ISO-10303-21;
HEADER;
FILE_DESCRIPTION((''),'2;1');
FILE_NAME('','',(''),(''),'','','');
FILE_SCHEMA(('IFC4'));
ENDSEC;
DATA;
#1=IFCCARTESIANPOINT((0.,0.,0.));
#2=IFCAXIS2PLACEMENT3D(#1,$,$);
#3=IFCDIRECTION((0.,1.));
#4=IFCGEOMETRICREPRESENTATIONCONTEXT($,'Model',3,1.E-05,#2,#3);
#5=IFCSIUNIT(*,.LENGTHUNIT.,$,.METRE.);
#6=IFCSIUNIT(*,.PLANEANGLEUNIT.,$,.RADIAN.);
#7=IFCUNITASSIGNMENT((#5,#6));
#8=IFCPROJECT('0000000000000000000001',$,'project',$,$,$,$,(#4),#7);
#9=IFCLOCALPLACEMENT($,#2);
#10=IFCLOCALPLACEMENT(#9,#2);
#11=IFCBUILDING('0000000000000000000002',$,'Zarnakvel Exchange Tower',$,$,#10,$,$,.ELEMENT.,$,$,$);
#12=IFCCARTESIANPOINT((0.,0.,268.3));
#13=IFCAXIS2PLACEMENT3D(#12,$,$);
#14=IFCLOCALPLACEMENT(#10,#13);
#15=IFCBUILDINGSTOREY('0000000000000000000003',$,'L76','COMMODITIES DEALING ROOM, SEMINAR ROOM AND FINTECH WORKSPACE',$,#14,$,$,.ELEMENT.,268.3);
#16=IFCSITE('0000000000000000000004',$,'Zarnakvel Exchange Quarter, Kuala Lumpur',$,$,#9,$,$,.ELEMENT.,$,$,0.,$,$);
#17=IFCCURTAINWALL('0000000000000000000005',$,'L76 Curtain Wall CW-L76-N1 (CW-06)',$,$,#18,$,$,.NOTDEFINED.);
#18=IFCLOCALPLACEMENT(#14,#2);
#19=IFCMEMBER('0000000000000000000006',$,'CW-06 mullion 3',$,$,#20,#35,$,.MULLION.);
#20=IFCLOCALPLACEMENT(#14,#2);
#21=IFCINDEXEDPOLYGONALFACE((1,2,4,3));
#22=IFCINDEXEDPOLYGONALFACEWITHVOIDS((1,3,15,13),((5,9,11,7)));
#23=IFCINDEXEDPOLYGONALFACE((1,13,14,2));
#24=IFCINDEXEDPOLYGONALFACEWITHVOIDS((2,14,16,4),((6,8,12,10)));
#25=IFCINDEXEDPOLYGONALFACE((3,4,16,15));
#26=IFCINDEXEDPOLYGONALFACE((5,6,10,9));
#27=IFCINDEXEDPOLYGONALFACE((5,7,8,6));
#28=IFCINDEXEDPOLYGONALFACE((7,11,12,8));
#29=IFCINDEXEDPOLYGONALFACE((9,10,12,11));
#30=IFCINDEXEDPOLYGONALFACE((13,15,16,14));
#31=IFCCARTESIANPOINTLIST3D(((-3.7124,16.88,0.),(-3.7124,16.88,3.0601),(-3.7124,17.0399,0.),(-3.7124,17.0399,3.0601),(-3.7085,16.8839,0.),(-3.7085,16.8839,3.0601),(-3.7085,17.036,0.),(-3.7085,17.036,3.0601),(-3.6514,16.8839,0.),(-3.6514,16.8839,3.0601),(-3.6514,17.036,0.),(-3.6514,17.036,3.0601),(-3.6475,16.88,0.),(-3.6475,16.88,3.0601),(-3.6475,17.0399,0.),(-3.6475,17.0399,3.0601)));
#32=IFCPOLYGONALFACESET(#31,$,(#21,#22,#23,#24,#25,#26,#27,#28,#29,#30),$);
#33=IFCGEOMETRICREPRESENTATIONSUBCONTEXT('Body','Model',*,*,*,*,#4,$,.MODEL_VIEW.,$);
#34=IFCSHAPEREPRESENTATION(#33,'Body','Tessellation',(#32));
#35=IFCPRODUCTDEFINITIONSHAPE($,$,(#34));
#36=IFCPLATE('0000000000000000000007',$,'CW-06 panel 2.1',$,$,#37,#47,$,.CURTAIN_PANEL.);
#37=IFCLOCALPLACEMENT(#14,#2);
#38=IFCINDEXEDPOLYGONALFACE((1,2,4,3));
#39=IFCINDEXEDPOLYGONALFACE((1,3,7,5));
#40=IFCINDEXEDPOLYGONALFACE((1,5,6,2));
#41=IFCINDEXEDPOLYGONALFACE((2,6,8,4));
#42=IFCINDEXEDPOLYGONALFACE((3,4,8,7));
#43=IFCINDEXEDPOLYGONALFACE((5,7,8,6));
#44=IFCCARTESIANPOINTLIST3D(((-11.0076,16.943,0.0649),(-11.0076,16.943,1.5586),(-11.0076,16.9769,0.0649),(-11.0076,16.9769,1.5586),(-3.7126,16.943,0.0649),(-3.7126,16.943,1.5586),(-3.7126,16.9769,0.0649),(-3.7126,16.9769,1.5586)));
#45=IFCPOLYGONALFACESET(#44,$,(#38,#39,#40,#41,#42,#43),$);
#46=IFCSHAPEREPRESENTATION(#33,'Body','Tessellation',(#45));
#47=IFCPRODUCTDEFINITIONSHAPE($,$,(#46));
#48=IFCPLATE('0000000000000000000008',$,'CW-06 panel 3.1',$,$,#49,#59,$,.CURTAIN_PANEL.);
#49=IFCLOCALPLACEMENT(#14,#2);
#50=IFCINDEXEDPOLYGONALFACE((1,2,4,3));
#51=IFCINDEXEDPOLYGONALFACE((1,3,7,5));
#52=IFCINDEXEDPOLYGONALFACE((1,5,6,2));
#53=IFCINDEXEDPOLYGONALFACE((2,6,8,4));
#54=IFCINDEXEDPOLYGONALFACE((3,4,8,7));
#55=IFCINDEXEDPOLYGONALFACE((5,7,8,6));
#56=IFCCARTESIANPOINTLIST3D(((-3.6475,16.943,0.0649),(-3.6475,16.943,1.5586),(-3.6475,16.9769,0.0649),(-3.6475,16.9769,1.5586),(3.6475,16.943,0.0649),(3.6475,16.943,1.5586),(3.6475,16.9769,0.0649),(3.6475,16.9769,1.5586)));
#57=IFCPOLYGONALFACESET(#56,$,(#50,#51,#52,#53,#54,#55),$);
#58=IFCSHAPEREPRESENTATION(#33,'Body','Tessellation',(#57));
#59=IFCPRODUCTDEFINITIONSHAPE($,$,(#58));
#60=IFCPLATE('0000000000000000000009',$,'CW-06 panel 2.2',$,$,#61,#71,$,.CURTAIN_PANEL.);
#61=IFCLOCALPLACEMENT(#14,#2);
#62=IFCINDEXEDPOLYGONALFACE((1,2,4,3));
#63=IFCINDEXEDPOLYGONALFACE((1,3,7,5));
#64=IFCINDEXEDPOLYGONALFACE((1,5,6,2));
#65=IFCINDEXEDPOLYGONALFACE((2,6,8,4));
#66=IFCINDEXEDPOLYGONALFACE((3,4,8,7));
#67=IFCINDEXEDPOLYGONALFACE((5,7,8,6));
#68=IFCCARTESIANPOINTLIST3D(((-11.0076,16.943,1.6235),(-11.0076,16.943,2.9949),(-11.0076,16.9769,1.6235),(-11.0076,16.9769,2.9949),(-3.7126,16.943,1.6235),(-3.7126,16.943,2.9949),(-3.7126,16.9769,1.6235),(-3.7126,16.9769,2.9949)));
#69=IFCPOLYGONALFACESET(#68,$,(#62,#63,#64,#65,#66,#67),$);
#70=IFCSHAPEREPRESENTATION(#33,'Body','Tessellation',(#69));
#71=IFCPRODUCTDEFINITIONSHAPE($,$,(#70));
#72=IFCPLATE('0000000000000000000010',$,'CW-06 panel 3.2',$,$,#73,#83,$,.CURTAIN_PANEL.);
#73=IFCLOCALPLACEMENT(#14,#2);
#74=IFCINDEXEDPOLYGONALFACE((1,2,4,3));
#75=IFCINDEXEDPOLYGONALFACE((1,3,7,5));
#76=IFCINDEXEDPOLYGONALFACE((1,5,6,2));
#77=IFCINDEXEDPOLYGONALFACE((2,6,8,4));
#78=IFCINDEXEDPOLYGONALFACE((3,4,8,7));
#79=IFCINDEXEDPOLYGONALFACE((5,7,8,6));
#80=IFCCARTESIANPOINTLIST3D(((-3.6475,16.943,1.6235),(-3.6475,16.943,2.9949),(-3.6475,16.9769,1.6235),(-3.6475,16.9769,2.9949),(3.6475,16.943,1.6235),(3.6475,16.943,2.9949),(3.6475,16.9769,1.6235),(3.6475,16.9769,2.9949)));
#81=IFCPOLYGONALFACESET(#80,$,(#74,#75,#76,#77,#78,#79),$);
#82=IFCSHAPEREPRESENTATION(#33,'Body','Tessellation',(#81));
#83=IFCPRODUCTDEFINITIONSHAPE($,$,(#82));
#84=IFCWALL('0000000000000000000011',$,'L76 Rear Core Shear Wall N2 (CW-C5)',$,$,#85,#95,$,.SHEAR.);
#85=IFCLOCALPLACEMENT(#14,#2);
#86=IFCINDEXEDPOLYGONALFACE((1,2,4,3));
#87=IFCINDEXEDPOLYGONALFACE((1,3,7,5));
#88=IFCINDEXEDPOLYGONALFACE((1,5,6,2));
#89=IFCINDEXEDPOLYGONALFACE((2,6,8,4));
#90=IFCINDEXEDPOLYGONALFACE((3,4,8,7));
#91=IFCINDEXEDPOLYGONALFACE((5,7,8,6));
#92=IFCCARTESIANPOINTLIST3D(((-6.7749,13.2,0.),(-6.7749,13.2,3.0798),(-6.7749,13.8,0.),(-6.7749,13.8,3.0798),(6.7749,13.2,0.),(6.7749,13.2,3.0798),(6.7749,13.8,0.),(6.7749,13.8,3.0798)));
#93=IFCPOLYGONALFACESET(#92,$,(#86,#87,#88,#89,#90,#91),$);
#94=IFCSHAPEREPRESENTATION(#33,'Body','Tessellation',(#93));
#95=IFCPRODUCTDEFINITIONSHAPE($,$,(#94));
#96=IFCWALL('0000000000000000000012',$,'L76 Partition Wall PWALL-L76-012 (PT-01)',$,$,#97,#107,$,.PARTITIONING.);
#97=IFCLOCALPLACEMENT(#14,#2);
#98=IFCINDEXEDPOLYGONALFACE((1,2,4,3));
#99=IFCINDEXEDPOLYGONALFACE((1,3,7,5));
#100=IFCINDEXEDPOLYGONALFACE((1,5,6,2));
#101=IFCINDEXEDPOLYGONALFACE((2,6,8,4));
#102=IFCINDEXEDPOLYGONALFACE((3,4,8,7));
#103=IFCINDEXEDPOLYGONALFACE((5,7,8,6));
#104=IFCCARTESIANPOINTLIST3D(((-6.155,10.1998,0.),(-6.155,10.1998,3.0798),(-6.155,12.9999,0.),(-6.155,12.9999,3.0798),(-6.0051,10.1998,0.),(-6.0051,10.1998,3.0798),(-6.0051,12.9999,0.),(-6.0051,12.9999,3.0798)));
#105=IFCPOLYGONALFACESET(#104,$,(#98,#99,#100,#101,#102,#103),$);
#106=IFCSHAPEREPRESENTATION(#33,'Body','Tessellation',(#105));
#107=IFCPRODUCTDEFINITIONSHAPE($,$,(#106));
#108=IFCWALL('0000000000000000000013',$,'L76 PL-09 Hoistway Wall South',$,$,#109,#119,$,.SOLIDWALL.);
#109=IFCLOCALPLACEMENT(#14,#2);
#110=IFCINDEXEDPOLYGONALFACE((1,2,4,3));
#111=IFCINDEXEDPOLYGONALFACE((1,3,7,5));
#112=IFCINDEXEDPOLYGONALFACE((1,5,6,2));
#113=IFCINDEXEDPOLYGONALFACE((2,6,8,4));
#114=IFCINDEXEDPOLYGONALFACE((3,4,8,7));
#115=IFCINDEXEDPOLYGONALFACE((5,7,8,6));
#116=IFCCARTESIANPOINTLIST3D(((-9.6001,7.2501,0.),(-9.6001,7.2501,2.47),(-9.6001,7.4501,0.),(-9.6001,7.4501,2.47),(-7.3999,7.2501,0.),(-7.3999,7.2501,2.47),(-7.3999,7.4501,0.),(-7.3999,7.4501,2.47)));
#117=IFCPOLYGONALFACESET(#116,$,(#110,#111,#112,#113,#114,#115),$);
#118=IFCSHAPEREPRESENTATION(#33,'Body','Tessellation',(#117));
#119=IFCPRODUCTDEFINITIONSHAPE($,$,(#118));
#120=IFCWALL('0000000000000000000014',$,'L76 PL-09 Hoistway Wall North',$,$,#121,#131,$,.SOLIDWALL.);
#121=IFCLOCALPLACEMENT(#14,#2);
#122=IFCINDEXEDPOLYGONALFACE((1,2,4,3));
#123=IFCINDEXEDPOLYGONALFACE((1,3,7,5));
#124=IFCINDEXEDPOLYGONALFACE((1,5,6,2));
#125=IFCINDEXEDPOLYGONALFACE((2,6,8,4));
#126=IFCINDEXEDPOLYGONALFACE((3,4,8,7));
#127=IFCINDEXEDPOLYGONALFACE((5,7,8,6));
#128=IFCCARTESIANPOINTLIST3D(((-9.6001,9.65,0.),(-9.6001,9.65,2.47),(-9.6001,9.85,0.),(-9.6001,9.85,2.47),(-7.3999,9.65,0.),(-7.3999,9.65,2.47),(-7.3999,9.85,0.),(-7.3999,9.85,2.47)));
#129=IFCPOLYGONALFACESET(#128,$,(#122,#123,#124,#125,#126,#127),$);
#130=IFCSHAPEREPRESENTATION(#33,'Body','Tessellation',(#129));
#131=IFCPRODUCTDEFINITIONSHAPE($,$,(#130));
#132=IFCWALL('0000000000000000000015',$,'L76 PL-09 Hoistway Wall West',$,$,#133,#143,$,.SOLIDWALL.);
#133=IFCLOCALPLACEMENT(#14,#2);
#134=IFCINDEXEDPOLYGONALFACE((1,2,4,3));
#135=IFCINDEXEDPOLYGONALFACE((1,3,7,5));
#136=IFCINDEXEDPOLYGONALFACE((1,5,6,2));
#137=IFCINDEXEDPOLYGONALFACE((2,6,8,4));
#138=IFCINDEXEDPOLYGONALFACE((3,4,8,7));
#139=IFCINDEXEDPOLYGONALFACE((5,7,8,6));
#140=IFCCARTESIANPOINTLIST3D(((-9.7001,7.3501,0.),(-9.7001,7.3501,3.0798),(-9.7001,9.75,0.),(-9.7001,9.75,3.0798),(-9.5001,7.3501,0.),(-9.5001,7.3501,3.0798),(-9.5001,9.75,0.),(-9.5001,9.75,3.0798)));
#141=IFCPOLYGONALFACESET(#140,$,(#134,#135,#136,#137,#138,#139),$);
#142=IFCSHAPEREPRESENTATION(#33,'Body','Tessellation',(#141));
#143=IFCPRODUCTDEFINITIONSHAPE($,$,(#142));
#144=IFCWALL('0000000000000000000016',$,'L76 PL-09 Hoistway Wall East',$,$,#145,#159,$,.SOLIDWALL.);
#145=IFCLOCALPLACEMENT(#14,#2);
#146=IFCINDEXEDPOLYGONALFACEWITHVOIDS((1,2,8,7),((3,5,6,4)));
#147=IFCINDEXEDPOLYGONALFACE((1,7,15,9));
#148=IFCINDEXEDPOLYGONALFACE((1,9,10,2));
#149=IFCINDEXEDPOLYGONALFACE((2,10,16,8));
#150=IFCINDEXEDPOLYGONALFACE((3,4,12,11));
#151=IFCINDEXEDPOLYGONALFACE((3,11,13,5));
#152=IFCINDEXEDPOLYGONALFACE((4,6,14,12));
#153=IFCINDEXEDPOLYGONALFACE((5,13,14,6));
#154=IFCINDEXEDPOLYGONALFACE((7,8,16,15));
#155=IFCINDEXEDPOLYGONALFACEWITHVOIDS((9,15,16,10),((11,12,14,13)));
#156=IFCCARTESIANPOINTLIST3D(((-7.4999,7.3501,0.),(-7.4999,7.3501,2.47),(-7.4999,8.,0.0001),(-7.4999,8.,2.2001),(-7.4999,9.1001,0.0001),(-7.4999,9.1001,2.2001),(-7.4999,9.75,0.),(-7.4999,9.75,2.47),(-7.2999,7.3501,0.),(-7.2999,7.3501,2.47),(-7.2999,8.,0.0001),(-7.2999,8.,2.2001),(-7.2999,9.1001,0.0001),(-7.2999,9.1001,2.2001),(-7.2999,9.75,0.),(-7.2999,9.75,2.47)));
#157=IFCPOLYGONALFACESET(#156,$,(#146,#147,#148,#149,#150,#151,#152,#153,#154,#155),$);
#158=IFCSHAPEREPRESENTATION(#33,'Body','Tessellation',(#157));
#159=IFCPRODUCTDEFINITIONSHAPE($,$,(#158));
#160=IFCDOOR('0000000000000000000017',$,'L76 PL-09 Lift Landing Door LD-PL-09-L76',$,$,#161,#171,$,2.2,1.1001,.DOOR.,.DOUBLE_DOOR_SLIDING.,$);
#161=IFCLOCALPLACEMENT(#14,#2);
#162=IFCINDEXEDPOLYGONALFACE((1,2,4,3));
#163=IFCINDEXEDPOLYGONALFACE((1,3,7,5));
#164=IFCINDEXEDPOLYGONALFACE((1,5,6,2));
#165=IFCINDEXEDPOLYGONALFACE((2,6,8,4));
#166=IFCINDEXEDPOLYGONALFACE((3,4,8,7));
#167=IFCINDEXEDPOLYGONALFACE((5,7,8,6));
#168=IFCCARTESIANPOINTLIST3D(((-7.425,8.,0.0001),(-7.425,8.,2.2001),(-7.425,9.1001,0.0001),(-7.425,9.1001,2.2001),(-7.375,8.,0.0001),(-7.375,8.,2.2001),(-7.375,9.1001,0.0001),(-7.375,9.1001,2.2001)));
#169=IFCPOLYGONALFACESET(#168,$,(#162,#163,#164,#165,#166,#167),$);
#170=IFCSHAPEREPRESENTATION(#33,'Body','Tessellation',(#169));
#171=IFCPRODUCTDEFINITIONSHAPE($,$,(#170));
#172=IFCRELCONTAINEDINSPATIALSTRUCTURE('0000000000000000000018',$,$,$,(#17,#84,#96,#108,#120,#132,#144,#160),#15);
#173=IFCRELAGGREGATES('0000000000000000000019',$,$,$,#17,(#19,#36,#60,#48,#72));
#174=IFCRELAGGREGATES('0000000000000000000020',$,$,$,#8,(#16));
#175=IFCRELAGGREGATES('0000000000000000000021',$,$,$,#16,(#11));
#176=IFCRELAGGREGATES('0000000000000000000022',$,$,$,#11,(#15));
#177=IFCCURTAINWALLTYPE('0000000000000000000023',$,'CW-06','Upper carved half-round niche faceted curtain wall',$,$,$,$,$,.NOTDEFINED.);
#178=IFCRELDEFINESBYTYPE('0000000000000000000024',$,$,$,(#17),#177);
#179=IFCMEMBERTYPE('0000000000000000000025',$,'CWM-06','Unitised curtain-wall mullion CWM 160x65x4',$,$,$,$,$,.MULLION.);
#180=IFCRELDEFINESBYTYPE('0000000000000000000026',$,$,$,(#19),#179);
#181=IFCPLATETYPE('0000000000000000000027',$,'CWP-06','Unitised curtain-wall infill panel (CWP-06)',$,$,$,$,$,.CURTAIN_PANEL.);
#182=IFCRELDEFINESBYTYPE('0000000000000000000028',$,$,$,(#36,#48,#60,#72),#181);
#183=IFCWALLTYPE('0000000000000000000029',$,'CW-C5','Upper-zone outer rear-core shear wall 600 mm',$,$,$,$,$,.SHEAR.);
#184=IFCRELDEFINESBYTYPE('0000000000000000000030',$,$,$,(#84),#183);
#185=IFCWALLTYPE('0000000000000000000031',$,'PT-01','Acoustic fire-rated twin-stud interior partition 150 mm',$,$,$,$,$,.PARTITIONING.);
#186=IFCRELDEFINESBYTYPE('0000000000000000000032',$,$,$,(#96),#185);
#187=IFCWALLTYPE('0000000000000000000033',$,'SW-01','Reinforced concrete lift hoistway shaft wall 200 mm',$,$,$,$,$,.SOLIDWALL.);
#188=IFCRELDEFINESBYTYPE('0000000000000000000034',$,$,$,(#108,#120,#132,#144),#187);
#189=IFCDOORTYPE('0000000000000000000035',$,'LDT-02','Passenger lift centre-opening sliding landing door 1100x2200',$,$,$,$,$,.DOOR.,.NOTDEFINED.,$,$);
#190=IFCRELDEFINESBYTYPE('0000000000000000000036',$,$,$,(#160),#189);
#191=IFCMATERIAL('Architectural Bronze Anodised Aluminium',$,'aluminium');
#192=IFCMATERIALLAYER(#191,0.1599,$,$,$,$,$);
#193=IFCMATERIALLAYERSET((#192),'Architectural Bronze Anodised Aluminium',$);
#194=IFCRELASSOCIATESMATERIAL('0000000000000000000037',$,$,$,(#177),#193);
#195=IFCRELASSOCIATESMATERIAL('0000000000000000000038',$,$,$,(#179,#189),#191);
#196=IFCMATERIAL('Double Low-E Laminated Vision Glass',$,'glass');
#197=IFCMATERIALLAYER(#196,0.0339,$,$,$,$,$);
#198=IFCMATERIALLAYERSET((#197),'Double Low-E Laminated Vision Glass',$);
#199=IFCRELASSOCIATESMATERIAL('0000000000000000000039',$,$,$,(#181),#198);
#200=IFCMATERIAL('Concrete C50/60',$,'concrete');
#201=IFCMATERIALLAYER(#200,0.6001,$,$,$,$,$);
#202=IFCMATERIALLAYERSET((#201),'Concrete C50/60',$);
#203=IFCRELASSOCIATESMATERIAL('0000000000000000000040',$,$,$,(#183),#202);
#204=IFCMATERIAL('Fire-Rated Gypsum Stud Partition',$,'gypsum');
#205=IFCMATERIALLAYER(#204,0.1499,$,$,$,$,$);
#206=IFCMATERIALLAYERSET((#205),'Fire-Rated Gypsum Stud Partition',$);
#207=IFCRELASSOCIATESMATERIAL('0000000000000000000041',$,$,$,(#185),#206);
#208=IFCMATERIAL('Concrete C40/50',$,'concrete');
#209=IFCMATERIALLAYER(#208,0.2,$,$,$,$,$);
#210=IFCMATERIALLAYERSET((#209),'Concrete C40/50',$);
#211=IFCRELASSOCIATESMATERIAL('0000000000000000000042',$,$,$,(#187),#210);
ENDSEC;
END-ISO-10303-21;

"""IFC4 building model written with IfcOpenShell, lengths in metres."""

from ifc_helpers import new_model, si_unit, direction, frame, frame_2d, origin, origin_2d, place, context, subcontext, project, spatial, rectangle, hollow_rectangle, extrude, source, transform, mapped, material, layer, layer_set, material_profile, profile_set, type_object, element, fill, aggregate, save


model = new_model("IFC4")

# Units and contexts
model_context = context("Model", 3, precision=1e-05, world=origin(), true_north=direction((0.0, 1.0)))
body_context = subcontext(model_context, "Body", "Model", "MODEL_VIEW")
ifc_project = project(units=[si_unit("LENGTHUNIT", "METRE"), si_unit("PLANEANGLEUNIT", "RADIAN")], contexts=[model_context])

# Site, building, storey
site_placement = place(None, origin())
site = spatial("IfcSite", under=ifc_project, at=site_placement, Name="Zarnakvel Exchange Quarter, Kuala Lumpur", CompositionType="ELEMENT", RefElevation=0.0)
building_placement = place(site_placement, origin())
building = spatial("IfcBuilding", under=site, at=building_placement, Name="Zarnakvel Exchange Tower", CompositionType="ELEMENT")
storey_placement = place(building_placement, frame((0.0, 0.0, 268.3)))
storey = spatial("IfcBuildingStorey", under=building, at=storey_placement, Name="L76", Description="COMMODITIES DEALING ROOM, SEMINAR ROOM AND FINTECH WORKSPACE", CompositionType="ELEMENT", Elevation=268.3)

# Shared definitions
ifc_material_1 = material(Name="Concrete C50/60", Category="concrete")

# Curtain wall, member, plates
ifc_material_2 = material(Name="Architectural Bronze Anodised Aluminium", Category="aluminium")
ifc_layer_1 = layer(ifc_material_2, 0.1599)
ifc_layer_set_1 = layer_set([ifc_layer_1], Name="Architectural Bronze Anodised Aluminium")
curtain_wall_type = type_object("IfcCurtainWallType", Name="CW-06", Description="Upper carved half-round niche faceted curtain wall", PredefinedType="NOTDEFINED", material=ifc_layer_set_1)
curtain_wall_placement = place(storey_placement, origin())
curtain_wall = element("IfcCurtainWall", 1, at=curtain_wall_placement, inside=storey, type_object=curtain_wall_type, Name="L76 Curtain Wall CW-L76-N1 (CW-06)", PredefinedType="NOTDEFINED")
ifc_material_profile_1 = material_profile(ifc_material_2, hollow_rectangle(XDim=0.1599, YDim=0.0649, WallThickness=0.0039, at=origin_2d()))
ifc_profile_set_1 = profile_set([ifc_material_profile_1], Name="Architectural Bronze Anodised Aluminium")
member_type_1 = type_object("IfcMemberType", Name="CWM-06", Description="Unitised curtain-wall mullion CWM 160x65x4", PredefinedType="MULLION", material=ifc_profile_set_1)
shared_shape_1 = source(origin(), body_context, "Body", "SweptSolid", [
    extrude(hollow_rectangle(XDim=0.1599, YDim=0.0649, WallThickness=0.0039, at=origin_2d()), origin(), (0.0, 0.0, 1.0), 3.0601),
])
member_1_placement = place(storey_placement, frame((-3.6799, 16.96, 0.0), z_axis=(0.0, 0.0, 1.0), x_axis=(0.0, 1.0, 0.0)))
member_1 = element("IfcMember", 2, at=member_1_placement, type_object=member_type_1, Name="CW-06 mullion 3", PredefinedType="MULLION", context=body_context, shape_type="MappedRepresentation", body=[
    mapped(shared_shape_1, transform((0.0, 0.0, 0.0), x_axis=(1.0, 0.0, 0.0), y_axis=(0.0, 1.0, 0.0), z_axis=(0.0, 0.0, 1.0), scale=1.0)),
])
ifc_material_3 = material(Name="Double Low-E Laminated Vision Glass", Category="glass")
ifc_layer_2 = layer(ifc_material_3, 0.0339)
ifc_layer_set_2 = layer_set([ifc_layer_2], Name="Double Low-E Laminated Vision Glass")
plate_type = type_object("IfcPlateType", Name="CWP-06", Description="Unitised curtain-wall infill panel (CWP-06)", PredefinedType="CURTAIN_PANEL", material=ifc_layer_set_2)
shared_shape_2 = source(origin(), body_context, "Body", "SweptSolid", [
    extrude(rectangle(XDim=7.2949, YDim=0.0339, at=origin_2d()), origin(), (0.0, 0.0, 1.0), 1.4937),
])
plate_1_placement = place(storey_placement, frame((-7.3601, 16.96, 0.0649), z_axis=(0.0, 0.0, 1.0), x_axis=(1.0, 0.0, 0.0)))
plate_1 = element("IfcPlate", 3, at=plate_1_placement, type_object=plate_type, Name="CW-06 panel 2.1", PredefinedType="CURTAIN_PANEL", context=body_context, shape_type="MappedRepresentation", body=[
    mapped(shared_shape_2, transform((0.0, 0.0, 0.0), x_axis=(1.0, 0.0, 0.0), y_axis=(0.0, 1.0, 0.0), z_axis=(0.0, 0.0, 1.0), scale=1.0)),
])
plate_2_placement = place(storey_placement, frame((0.0, 16.96, 0.0649), z_axis=(0.0, 0.0, 1.0), x_axis=(1.0, 0.0, 0.0)))
plate_2 = element("IfcPlate", 4, at=plate_2_placement, type_object=plate_type, Name="CW-06 panel 3.1", PredefinedType="CURTAIN_PANEL", context=body_context, shape_type="MappedRepresentation", body=[
    mapped(shared_shape_2, transform((0.0, 0.0, 0.0), x_axis=(1.0, 0.0, 0.0), y_axis=(0.0, 1.0, 0.0), z_axis=(0.0, 0.0, 1.0), scale=1.0)),
])
shared_shape_3 = source(origin(), body_context, "Body", "SweptSolid", [
    extrude(rectangle(XDim=7.2949, YDim=0.0339, at=origin_2d()), origin(), (0.0, 0.0, 1.0), 1.3713),
])
plate_3_placement = place(storey_placement, frame((-7.3601, 16.96, 1.6235), z_axis=(0.0, 0.0, 1.0), x_axis=(1.0, 0.0, 0.0)))
plate_3 = element("IfcPlate", 5, at=plate_3_placement, type_object=plate_type, Name="CW-06 panel 2.2", PredefinedType="CURTAIN_PANEL", context=body_context, shape_type="MappedRepresentation", body=[
    mapped(shared_shape_3, transform((0.0, 0.0, 0.0), x_axis=(1.0, 0.0, 0.0), y_axis=(0.0, 1.0, 0.0), z_axis=(0.0, 0.0, 1.0), scale=1.0)),
])
plate_4_placement = place(storey_placement, frame((0.0, 16.96, 1.6235), z_axis=(0.0, 0.0, 1.0), x_axis=(1.0, 0.0, 0.0)))
plate_4 = element("IfcPlate", 6, at=plate_4_placement, type_object=plate_type, Name="CW-06 panel 3.2", PredefinedType="CURTAIN_PANEL", context=body_context, shape_type="MappedRepresentation", body=[
    mapped(shared_shape_3, transform((0.0, 0.0, 0.0), x_axis=(1.0, 0.0, 0.0), y_axis=(0.0, 1.0, 0.0), z_axis=(0.0, 0.0, 1.0), scale=1.0)),
])
aggregate(curtain_wall, [member_1, plate_1, plate_3, plate_2, plate_4])

# Walls
ifc_layer_3 = layer(ifc_material_1, 0.6001)
ifc_layer_set_3 = layer_set([ifc_layer_3], Name="Concrete C50/60")
wall_type_1 = type_object("IfcWallType", Name="CW-C5", Description="Upper-zone outer rear-core shear wall 600 mm", PredefinedType="SHEAR", material=ifc_layer_set_3)
wall_1_placement = place(storey_placement, frame((-6.7749, 13.5, 0.0), z_axis=(0.0, 0.0, 1.0), x_axis=(1.0, 0.0, 0.0)))
element("IfcWall", 7, at=wall_1_placement, inside=storey, type_object=wall_type_1, Name="L76 Rear Core Shear Wall N2 (CW-C5)", PredefinedType="SHEAR", context=body_context, shape_type="SweptSolid", body=[
    extrude(rectangle(XDim=13.5498, YDim=0.6001, at=frame_2d((6.7749, 0.0))), origin(), (0.0, 0.0, 1.0), 3.0798),
])
ifc_material_4 = material(Name="Fire-Rated Gypsum Stud Partition", Category="gypsum")
ifc_layer_4 = layer(ifc_material_4, 0.1499)
ifc_layer_set_4 = layer_set([ifc_layer_4], Name="Fire-Rated Gypsum Stud Partition")
wall_type_2 = type_object("IfcWallType", Name="PT-01", Description="Acoustic fire-rated twin-stud interior partition 150 mm", PredefinedType="PARTITIONING", material=ifc_layer_set_4)
wall_2_placement = place(storey_placement, frame((-6.0801, 10.2, 0.0), z_axis=(0.0, 0.0, 1.0), x_axis=(0.0, 1.0, 0.0)))
element("IfcWall", 8, at=wall_2_placement, inside=storey, type_object=wall_type_2, Name="L76 Partition Wall PWALL-L76-012 (PT-01)", PredefinedType="PARTITIONING", context=body_context, shape_type="SweptSolid", body=[
    extrude(rectangle(XDim=2.8, YDim=0.1499, at=frame_2d((1.3999, 0.0))), origin(), (0.0, 0.0, 1.0), 3.0798),
])
ifc_material_5 = material(Name="Concrete C40/50", Category="concrete")
ifc_layer_5 = layer(ifc_material_5, 0.2)
ifc_layer_set_5 = layer_set([ifc_layer_5], Name="Concrete C40/50")
wall_type_3 = type_object("IfcWallType", Name="SW-01", Description="Reinforced concrete lift hoistway shaft wall 200 mm", PredefinedType="SOLIDWALL", material=ifc_layer_set_5)
for number, where, z_axis, x_axis, name in (
    (9, (-7.3999, 7.3501, 0.0), (0.0, 0.0, 1.0), (-1.0, 0.0, 0.0), "L76 PL-09 Hoistway Wall South"),
    (10, (-9.6001, 9.75, 0.0), (0.0, 0.0, 1.0), (1.0, 0.0, 0.0), "L76 PL-09 Hoistway Wall North"),
):
    element("IfcWall", number, at=place(storey_placement, frame(where, z_axis=z_axis, x_axis=x_axis)), inside=storey, type_object=wall_type_3, Name=name, PredefinedType="SOLIDWALL", context=body_context, shape_type="SweptSolid", body=[
        extrude(rectangle(XDim=2.2002, YDim=0.2, at=frame_2d((1.1001, 0.0))), origin(), (0.0, 0.0, 1.0), 2.47),
    ])
wall_3_placement = place(storey_placement, frame((-9.6001, 7.3501, 0.0), z_axis=(0.0, 0.0, 1.0), x_axis=(0.0, 1.0, 0.0)))
element("IfcWall", 11, at=wall_3_placement, inside=storey, type_object=wall_type_3, Name="L76 PL-09 Hoistway Wall West", PredefinedType="SOLIDWALL", context=body_context, shape_type="SweptSolid", body=[
    extrude(rectangle(XDim=2.3999, YDim=0.2, at=frame_2d((1.2, 0.0))), origin(), (0.0, 0.0, 1.0), 3.0798),
])

# Wall, opening, door
wall_4_placement = place(storey_placement, frame((-7.3999, 9.75, 0.0), z_axis=(0.0, 0.0, 1.0), x_axis=(0.0, -1.0, 0.0)))
wall_4 = element("IfcWall", 12, at=wall_4_placement, inside=storey, type_object=wall_type_3, Name="L76 PL-09 Hoistway Wall East", PredefinedType="SOLIDWALL", context=body_context, shape_type="SweptSolid", body=[
    extrude(rectangle(XDim=2.3999, YDim=0.2, at=frame_2d((1.2, 0.0))), origin(), (0.0, 0.0, 1.0), 2.47),
])
opening_1_placement = place(wall_4_placement, frame((0.6499, 0.0, 0.0)))
opening_1 = element("IfcOpeningElement", 13, at=opening_1_placement, cuts=wall_4, PredefinedType="OPENING", context=body_context, shape_type="SweptSolid", body=[
    extrude(rectangle(XDim=1.1001, YDim=2.2, at=frame_2d((0.55, 1.1001))), frame((0.0, 0.1099, 0.0), z_axis=(0.0, -1.0, 0.0), x_axis=(1.0, 0.0, 0.0)), (0.0, 0.0, 1.0), 0.22),
])
door_type = type_object("IfcDoorType", Name="LDT-02", Description="Passenger lift centre-opening sliding landing door 1100x2200", OperationType="NOTDEFINED", PredefinedType="DOOR", material=ifc_material_2)
shared_shape_4 = source(origin(), body_context, "Body", "SweptSolid", [
    extrude(rectangle(XDim=1.1001, YDim=2.2, at=frame_2d((0.55, 1.1001))), frame((0.0, 0.0249, 0.0), z_axis=(0.0, -1.0, 0.0), x_axis=(1.0, 0.0, 0.0)), (0.0, 0.0, 1.0), 0.05),
])
door_1_placement = place(opening_1_placement, origin())
door_1 = element("IfcDoor", 14, at=door_1_placement, inside=storey, type_object=door_type, Name="L76 PL-09 Lift Landing Door LD-PL-09-L76", OperationType="DOUBLE_DOOR_SLIDING", OverallHeight=2.2, OverallWidth=1.1001, PredefinedType="DOOR", context=body_context, shape_type="MappedRepresentation", body=[
    mapped(shared_shape_4, transform((0.0, 0.0, 0.0), x_axis=(1.0, 0.0, 0.0), y_axis=(0.0, 1.0, 0.0), z_axis=(0.0, 0.0, 1.0), scale=1.0)),
])
fill(opening_1, door_1)

save(model, "model.ifc")
